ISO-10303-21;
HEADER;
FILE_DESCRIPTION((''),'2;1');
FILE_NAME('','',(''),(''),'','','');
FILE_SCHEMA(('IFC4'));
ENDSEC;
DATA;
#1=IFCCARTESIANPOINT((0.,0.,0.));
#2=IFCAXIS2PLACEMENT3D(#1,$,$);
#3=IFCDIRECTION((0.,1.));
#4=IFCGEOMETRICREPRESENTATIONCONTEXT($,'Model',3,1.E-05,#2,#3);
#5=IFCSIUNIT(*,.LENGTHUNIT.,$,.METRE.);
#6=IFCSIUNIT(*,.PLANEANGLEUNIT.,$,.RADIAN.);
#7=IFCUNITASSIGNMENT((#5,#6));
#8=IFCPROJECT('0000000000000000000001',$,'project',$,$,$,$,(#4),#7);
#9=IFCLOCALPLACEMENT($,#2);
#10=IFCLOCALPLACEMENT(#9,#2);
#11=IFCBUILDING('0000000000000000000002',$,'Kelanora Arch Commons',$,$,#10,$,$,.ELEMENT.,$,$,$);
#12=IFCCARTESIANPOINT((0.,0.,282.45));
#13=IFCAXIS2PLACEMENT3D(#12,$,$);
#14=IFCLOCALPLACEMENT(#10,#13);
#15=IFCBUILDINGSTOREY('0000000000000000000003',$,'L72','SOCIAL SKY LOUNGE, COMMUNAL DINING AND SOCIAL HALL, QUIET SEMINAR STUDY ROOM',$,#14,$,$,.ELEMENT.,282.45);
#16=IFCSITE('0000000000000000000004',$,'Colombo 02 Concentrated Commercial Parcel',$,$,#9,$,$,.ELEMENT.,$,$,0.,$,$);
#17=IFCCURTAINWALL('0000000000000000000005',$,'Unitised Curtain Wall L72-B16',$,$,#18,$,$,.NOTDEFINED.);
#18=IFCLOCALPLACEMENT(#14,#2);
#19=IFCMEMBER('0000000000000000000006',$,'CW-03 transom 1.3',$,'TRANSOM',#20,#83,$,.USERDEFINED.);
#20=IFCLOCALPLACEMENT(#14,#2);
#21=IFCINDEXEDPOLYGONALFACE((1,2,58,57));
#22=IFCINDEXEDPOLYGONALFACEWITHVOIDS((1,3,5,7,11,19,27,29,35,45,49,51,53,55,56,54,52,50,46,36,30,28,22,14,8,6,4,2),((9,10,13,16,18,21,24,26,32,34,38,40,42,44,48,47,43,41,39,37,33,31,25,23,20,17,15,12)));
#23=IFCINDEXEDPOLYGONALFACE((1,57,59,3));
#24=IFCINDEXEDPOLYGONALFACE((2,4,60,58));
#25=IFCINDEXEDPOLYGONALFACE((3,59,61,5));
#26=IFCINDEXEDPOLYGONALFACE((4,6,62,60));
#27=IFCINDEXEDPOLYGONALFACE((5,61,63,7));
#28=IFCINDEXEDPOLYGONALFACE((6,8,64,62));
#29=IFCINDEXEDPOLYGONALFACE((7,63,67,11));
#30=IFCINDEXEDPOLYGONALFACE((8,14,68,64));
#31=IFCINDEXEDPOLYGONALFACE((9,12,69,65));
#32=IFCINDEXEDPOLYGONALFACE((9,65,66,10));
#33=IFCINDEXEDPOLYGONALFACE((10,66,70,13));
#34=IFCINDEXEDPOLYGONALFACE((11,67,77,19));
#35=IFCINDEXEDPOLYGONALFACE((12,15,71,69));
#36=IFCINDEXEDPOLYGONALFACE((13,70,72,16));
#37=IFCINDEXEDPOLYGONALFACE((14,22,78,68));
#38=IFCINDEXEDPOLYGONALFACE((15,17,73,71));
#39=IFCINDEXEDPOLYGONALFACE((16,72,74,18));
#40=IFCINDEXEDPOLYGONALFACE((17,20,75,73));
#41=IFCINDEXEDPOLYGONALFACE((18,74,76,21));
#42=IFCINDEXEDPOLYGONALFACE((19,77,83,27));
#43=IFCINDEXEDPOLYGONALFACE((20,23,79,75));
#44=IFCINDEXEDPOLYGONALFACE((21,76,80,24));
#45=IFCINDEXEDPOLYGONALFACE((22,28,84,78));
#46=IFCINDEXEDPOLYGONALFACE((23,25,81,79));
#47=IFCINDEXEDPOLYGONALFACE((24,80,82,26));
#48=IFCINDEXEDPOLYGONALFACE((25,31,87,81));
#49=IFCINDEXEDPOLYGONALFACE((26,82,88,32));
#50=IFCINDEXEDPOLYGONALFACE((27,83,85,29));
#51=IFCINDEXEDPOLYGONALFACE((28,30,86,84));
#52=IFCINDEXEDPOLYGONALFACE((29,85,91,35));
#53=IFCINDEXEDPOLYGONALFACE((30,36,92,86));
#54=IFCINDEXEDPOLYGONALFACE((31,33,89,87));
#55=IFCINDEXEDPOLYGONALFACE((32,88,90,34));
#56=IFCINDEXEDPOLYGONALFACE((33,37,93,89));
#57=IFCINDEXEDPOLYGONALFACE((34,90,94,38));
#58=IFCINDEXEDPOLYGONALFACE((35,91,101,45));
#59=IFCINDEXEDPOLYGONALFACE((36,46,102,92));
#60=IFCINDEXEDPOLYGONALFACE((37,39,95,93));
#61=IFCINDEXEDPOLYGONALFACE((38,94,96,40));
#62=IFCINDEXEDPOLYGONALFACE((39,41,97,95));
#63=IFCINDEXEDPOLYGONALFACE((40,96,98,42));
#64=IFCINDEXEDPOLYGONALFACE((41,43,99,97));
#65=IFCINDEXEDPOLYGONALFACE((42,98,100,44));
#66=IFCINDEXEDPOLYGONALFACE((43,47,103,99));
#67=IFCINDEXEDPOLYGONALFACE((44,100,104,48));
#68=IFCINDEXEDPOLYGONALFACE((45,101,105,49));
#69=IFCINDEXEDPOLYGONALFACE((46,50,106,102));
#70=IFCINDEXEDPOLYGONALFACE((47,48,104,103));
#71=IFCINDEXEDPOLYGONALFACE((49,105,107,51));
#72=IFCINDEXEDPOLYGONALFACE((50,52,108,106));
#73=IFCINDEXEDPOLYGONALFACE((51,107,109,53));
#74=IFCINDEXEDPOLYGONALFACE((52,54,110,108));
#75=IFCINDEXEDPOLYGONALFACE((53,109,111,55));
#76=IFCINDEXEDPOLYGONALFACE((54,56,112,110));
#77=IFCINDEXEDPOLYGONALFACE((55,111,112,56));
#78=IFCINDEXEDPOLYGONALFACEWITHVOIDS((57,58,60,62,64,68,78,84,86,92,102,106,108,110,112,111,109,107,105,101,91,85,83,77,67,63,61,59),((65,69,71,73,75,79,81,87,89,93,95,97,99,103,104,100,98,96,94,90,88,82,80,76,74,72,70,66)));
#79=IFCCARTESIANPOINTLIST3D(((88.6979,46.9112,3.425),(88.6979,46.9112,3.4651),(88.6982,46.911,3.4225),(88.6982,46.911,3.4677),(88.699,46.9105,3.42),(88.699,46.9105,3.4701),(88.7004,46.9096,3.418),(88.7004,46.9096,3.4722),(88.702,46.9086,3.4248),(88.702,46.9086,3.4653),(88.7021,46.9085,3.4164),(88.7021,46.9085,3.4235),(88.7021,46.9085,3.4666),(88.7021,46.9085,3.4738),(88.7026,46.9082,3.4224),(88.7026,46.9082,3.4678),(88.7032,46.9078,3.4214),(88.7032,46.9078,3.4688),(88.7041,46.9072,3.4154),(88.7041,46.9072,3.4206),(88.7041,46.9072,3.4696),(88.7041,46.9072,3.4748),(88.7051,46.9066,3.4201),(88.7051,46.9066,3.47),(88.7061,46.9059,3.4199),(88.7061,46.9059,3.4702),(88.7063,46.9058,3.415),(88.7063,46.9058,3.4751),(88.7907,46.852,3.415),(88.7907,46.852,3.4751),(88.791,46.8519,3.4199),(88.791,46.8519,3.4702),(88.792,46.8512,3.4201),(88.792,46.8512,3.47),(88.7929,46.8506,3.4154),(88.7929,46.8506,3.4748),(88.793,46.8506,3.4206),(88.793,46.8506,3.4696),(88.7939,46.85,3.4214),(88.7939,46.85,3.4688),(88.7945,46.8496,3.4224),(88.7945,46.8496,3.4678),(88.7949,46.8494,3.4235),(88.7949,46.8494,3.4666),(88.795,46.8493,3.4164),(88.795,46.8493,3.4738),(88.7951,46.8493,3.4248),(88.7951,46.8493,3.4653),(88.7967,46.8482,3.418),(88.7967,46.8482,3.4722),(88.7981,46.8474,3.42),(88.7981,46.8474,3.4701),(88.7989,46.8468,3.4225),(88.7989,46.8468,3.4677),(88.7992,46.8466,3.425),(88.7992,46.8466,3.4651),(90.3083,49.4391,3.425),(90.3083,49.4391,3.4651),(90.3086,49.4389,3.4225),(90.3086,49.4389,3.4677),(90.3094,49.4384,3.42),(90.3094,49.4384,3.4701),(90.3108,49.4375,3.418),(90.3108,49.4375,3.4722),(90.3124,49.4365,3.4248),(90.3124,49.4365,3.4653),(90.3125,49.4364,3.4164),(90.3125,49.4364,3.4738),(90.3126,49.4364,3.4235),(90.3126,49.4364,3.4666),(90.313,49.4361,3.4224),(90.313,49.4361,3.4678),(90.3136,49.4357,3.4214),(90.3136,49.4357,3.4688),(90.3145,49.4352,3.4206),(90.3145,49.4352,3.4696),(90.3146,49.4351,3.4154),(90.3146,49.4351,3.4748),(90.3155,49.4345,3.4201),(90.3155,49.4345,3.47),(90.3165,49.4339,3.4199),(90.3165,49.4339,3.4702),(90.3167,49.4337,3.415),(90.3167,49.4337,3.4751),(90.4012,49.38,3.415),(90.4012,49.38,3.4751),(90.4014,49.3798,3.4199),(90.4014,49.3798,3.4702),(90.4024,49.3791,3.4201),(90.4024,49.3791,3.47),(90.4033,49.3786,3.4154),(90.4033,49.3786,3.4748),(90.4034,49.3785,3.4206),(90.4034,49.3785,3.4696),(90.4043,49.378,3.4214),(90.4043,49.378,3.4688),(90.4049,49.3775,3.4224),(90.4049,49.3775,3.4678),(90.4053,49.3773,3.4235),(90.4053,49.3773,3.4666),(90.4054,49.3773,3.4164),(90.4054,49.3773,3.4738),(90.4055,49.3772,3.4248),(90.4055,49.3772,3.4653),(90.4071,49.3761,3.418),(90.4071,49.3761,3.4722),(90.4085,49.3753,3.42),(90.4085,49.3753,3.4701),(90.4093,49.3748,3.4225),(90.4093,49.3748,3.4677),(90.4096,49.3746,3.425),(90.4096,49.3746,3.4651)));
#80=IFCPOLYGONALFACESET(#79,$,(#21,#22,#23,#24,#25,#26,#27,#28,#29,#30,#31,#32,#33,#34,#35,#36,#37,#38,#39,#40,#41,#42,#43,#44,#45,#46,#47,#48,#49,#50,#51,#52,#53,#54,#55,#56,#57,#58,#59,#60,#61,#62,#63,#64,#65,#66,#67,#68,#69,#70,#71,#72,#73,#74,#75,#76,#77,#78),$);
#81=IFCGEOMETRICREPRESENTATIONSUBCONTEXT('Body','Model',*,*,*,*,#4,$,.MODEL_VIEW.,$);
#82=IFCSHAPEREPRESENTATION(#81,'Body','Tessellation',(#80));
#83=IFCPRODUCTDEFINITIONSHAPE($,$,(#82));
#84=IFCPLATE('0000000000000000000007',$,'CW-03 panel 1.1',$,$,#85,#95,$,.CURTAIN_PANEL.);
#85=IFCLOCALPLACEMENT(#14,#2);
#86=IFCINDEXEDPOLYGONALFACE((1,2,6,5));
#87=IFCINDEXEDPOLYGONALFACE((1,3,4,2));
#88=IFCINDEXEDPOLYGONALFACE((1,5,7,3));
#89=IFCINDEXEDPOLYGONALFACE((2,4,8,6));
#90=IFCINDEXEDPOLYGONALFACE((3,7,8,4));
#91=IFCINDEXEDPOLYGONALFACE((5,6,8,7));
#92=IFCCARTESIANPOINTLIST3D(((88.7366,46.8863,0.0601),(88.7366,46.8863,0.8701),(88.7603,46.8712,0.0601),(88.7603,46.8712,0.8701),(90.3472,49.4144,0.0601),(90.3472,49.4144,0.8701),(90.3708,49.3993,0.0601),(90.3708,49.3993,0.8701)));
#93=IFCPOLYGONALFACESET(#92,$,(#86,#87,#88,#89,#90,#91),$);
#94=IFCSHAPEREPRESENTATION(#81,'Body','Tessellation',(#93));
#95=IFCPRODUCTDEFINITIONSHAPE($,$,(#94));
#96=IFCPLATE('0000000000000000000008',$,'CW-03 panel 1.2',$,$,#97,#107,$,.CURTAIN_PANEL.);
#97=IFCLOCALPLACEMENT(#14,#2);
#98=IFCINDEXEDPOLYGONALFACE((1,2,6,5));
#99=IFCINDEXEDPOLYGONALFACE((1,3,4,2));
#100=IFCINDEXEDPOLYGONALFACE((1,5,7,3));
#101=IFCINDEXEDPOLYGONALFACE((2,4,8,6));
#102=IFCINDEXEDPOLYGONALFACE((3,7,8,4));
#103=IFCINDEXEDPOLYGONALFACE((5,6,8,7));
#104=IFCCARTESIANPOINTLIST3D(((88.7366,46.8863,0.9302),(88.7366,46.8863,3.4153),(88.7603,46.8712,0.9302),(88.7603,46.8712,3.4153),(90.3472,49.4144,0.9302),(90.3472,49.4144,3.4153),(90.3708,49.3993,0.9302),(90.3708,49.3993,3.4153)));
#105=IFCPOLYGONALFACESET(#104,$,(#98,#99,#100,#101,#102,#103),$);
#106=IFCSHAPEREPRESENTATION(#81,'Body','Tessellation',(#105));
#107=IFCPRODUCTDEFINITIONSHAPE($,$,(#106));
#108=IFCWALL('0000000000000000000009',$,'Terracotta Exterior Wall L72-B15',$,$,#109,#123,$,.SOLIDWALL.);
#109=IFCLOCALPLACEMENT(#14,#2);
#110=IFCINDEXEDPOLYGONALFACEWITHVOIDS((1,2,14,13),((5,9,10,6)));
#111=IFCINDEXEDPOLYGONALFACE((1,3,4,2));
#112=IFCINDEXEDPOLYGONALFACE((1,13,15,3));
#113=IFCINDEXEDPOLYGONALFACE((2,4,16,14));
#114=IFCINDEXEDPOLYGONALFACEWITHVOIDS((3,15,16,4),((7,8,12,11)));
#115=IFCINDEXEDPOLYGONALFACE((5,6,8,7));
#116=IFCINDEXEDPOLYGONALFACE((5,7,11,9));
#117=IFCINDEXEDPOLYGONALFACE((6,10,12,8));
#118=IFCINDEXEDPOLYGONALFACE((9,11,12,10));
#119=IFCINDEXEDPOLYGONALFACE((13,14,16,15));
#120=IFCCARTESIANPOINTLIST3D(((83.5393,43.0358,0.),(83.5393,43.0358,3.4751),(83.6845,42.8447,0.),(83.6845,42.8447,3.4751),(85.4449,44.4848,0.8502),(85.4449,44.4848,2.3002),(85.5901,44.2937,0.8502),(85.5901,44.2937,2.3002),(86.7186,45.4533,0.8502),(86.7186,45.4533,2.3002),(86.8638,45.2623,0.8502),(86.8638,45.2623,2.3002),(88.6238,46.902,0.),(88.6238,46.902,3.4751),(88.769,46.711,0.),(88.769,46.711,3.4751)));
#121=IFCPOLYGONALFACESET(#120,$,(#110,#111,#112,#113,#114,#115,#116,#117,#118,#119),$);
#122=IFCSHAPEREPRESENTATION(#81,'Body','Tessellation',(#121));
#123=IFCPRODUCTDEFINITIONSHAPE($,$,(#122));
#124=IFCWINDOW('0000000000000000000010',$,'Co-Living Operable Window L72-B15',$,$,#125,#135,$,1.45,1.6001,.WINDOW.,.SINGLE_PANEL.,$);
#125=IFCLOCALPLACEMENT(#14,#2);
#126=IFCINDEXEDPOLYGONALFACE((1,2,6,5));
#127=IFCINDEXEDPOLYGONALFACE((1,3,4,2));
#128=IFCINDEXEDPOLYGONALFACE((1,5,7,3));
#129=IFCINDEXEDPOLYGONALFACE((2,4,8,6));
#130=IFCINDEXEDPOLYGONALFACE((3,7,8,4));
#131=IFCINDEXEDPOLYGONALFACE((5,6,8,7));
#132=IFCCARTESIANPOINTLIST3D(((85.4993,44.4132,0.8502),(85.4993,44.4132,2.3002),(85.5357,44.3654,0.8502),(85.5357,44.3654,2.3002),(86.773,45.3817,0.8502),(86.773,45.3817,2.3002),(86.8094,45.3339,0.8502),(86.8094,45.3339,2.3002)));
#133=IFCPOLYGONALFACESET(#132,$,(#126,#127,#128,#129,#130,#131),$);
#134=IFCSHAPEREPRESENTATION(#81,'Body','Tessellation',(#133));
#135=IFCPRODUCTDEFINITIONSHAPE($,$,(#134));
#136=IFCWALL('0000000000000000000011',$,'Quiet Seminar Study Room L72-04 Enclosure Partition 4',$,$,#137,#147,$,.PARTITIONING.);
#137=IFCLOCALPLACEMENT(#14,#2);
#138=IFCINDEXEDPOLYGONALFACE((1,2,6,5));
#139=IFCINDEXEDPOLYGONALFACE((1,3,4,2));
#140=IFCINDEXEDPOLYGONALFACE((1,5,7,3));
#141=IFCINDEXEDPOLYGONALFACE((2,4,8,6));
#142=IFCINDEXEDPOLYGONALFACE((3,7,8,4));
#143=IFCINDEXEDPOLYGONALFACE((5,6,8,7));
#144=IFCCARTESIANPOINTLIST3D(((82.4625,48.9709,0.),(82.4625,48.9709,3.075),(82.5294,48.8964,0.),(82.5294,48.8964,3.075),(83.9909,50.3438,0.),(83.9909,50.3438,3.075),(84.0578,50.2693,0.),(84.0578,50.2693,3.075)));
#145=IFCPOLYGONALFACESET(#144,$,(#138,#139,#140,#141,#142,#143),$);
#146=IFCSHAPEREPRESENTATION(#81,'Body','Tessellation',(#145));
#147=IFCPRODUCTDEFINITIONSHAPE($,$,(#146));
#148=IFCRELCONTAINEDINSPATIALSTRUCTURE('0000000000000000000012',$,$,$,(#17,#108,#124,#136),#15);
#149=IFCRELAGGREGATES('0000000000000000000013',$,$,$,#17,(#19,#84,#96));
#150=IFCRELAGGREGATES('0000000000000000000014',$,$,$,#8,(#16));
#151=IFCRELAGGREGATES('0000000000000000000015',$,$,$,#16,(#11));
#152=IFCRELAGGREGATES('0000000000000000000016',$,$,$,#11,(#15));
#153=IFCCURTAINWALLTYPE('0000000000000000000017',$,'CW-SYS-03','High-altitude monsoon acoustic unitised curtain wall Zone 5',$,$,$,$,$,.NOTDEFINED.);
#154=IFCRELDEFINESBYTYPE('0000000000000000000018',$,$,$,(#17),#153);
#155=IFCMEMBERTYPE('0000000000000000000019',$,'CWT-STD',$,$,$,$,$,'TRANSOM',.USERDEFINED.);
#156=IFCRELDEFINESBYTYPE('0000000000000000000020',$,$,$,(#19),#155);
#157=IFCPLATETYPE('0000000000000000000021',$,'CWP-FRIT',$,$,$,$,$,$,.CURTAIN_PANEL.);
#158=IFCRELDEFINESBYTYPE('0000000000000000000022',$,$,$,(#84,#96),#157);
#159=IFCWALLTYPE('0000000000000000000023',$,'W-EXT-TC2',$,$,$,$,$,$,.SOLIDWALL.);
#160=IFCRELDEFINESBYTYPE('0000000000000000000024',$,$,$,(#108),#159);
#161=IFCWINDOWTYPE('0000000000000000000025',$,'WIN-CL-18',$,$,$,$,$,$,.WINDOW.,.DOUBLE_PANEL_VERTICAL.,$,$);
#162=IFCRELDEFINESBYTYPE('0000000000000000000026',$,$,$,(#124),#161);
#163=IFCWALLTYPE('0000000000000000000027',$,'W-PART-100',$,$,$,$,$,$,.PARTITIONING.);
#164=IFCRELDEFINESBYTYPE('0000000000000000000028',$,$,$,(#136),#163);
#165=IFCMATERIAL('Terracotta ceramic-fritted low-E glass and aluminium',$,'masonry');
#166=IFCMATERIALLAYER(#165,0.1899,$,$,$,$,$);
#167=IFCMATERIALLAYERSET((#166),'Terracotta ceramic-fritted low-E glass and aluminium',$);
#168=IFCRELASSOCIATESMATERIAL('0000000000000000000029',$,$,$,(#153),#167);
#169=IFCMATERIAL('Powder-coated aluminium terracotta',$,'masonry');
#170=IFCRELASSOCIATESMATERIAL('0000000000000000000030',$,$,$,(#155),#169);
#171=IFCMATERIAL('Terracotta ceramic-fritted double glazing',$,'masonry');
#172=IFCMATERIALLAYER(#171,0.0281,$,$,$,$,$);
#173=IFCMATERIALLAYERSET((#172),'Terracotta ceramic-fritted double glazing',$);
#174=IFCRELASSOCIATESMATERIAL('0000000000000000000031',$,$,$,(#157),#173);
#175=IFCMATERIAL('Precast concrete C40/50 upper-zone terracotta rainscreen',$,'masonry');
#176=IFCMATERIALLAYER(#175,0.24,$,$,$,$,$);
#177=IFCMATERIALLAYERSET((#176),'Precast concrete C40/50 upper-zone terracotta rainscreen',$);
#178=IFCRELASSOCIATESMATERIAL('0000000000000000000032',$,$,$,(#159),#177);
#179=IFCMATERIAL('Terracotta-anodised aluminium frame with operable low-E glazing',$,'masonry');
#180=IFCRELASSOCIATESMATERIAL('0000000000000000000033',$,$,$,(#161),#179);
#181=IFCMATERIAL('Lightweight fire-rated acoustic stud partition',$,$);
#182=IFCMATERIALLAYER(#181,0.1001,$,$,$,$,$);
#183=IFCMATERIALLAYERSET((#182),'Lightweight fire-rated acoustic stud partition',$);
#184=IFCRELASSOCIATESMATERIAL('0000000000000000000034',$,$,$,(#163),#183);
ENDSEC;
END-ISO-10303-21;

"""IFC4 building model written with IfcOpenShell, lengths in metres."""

from ifc_helpers import new_model, si_unit, direction, frame, frame_2d, origin, origin_2d, place, context, subcontext, project, spatial, rectangle, hollow_rectangle, extrude, source, transform, mapped, material, layer, layer_set, material_profile, profile_set, type_object, element, fill, aggregate, save


model = new_model("IFC4")

# Units and contexts
model_context = context("Model", 3, precision=1e-05, world=origin(), true_north=direction((0.0, 1.0)))
body_context = subcontext(model_context, "Body", "Model", "MODEL_VIEW")
ifc_project = project(units=[si_unit("LENGTHUNIT", "METRE"), si_unit("PLANEANGLEUNIT", "RADIAN")], contexts=[model_context])

# Site, building, storey
site_placement = place(None, origin())
site = spatial("IfcSite", under=ifc_project, at=site_placement, Name="Colombo 02 Concentrated Commercial Parcel", CompositionType="ELEMENT", RefElevation=0.0)
building_placement = place(site_placement, origin())
building = spatial("IfcBuilding", under=site, at=building_placement, Name="Kelanora Arch Commons", CompositionType="ELEMENT")
storey_placement = place(building_placement, frame((0.0, 0.0, 282.45)))
storey = spatial("IfcBuildingStorey", under=building, at=storey_placement, Name="L72", Description="SOCIAL SKY LOUNGE, COMMUNAL DINING AND SOCIAL HALL, QUIET SEMINAR STUDY ROOM", CompositionType="ELEMENT", Elevation=282.45)

# Shared definitions
ifc_material_1 = material(Name="Terracotta ceramic-fritted low-E glass and aluminium", Category="masonry")
ifc_layer_1 = layer(ifc_material_1, 0.1899)
ifc_layer_set_1 = layer_set([ifc_layer_1], Name="Terracotta ceramic-fritted low-E glass and aluminium")
curtain_wall_type = type_object("IfcCurtainWallType", Name="CW-SYS-03", Description="High-altitude monsoon acoustic unitised curtain wall Zone 5", PredefinedType="NOTDEFINED", material=ifc_layer_set_1)
ifc_material_2 = material(Name="Powder-coated aluminium terracotta", Category="masonry")

# Curtain wall, member, plates
curtain_wall_1_placement = place(storey_placement, origin())
curtain_wall_1 = element("IfcCurtainWall", 1, at=curtain_wall_1_placement, inside=storey, type_object=curtain_wall_type, Name="Unitised Curtain Wall L72-B16", PredefinedType="NOTDEFINED")
ifc_material_profile_1 = material_profile(ifc_material_2, hollow_rectangle(XDim=0.1201, YDim=0.0601, WallThickness=0.0049, InnerFilletRadius=0.0049, OuterFilletRadius=0.01, at=origin_2d()), Name="CWT120x60")
ifc_profile_set_1 = profile_set([ifc_material_profile_1], Name="Powder-coated aluminium terracotta")
member_type_1 = type_object("IfcMemberType", Name="CWT-STD", ElementType="TRANSOM", PredefinedType="USERDEFINED", material=ifc_profile_set_1)
member_1_placement = place(storey_placement, frame((88.7485, 46.8789, 3.4451), z_axis=(0.537287, 0.8434, 0.0), x_axis=(-0.8434, 0.537287, 0.0)))
member_1 = element("IfcMember", 2, at=member_1_placement, type_object=member_type_1, Name="CW-03 transom 1.3", ObjectType="TRANSOM", PredefinedType="USERDEFINED", context=body_context, shape_type="SweptSolid", body=[
    extrude(hollow_rectangle(XDim=0.1201, YDim=0.0601, WallThickness=0.0049, InnerFilletRadius=0.0049, OuterFilletRadius=0.01, at=origin_2d()), origin(), (0.0, 0.0, 1.0), 2.9973),
])
ifc_material_3 = material(Name="Terracotta ceramic-fritted double glazing", Category="masonry")
ifc_layer_2 = layer(ifc_material_3, 0.0281)
ifc_layer_set_2 = layer_set([ifc_layer_2], Name="Terracotta ceramic-fritted double glazing")
plate_type = type_object("IfcPlateType", Name="CWP-FRIT", PredefinedType="CURTAIN_PANEL", material=ifc_layer_set_2)
shared_shape_1 = source(origin(), body_context, "Body", "SweptSolid", [
    extrude(rectangle(XDim=2.9976, YDim=0.0281, at=origin_2d()), origin(), (0.0, 0.0, 1.0), 0.8101),
])
plate_1_placement = place(storey_placement, frame((89.5537, 48.1428, 0.0601), z_axis=(0.0, 0.0, 1.0), x_axis=(0.5373, 0.843391, 0.0)))
plate_1 = element("IfcPlate", 3, at=plate_1_placement, type_object=plate_type, Name="CW-03 panel 1.1", PredefinedType="CURTAIN_PANEL", context=body_context, shape_type="MappedRepresentation", body=[
    mapped(shared_shape_1, transform((0.0, 0.0, 0.0), scale=1.0)),
])
shared_shape_2 = source(origin(), body_context, "Body", "SweptSolid", [
    extrude(rectangle(XDim=2.9976, YDim=0.0281, at=origin_2d()), origin(), (0.0, 0.0, 1.0), 2.4851),
])
plate_2_placement = place(storey_placement, frame((89.5537, 48.1428, 0.9302), z_axis=(0.0, 0.0, 1.0), x_axis=(0.5373, 0.843391, 0.0)))
plate_2 = element("IfcPlate", 4, at=plate_2_placement, type_object=plate_type, Name="CW-03 panel 1.2", PredefinedType="CURTAIN_PANEL", context=body_context, shape_type="MappedRepresentation", body=[
    mapped(shared_shape_2, transform((0.0, 0.0, 0.0), scale=1.0)),
])
aggregate(curtain_wall_1, [member_1, plate_1, plate_2])

# Wall, opening, window
ifc_material_4 = material(Name="Precast concrete C40/50 upper-zone terracotta rainscreen", Category="masonry")
ifc_layer_3 = layer(ifc_material_4, 0.24)
ifc_layer_set_3 = layer_set([ifc_layer_3], Name="Precast concrete C40/50 upper-zone terracotta rainscreen")
wall_type_1 = type_object("IfcWallType", Name="W-EXT-TC2", PredefinedType="SOLIDWALL", material=ifc_layer_set_3)
wall_1_placement = place(storey_placement, frame((83.6118, 42.9402, 0.0), z_axis=(0.0, 0.0, 1.0), x_axis=(0.79601, 0.605283, 0.0)))
wall_1 = element("IfcWall", 5, at=wall_1_placement, inside=storey, type_object=wall_type_1, Name="Terracotta Exterior Wall L72-B15", PredefinedType="SOLIDWALL", context=body_context, shape_type="SweptSolid", body=[
    extrude(rectangle(XDim=6.3875, YDim=0.24, at=frame_2d((3.1938, 0.0))), origin(), (0.0, 0.0, 1.0), 3.4751),
])
opening_placement = place(wall_1_placement, frame((2.394, 0.0, 0.8501)))
opening = element("IfcOpeningElement", 6, at=opening_placement, cuts=wall_1, PredefinedType="OPENING", context=body_context, shape_type="SweptSolid", body=[
    extrude(rectangle(XDim=1.6001, YDim=1.45, at=frame_2d((0.8, 0.7251))), frame((0.0, 0.1299, 0.0), z_axis=(0.0, -1.0, 0.0), x_axis=(1.0, 0.0, 0.0)), (0.0, 0.0, 1.0), 0.26),
])
ifc_material_5 = material(Name="Terracotta-anodised aluminium frame with operable low-E glazing", Category="masonry")
window_type = type_object("IfcWindowType", Name="WIN-CL-18", PartitioningType="DOUBLE_PANEL_VERTICAL", PredefinedType="WINDOW", material=ifc_material_5)
window_placement = place(opening_placement, origin())
window = element("IfcWindow", 7, at=window_placement, inside=storey, type_object=window_type, Name="Co-Living Operable Window L72-B15", OverallHeight=1.45, OverallWidth=1.6001, PartitioningType="SINGLE_PANEL", PredefinedType="WINDOW", context=body_context, shape_type="SweptSolid", body=[
    extrude(rectangle(XDim=1.6001, YDim=1.45, at=frame_2d((0.8, 0.7251))), frame((0.0, 0.03, 0.0), z_axis=(0.0, -1.0, 0.0), x_axis=(1.0, 0.0, 0.0)), (0.0, 0.0, 1.0), 0.0601),
])
fill(opening, window)

# Wall
ifc_material_6 = material(Name="Lightweight fire-rated acoustic stud partition")
ifc_layer_4 = layer(ifc_material_6, 0.1001)
ifc_layer_set_4 = layer_set([ifc_layer_4], Name="Lightweight fire-rated acoustic stud partition")
wall_type_2 = type_object("IfcWallType", Name="W-PART-100", PredefinedType="PARTITIONING", material=ifc_layer_set_4)
wall_2_placement = place(storey_placement, frame((82.4958, 48.9336, 0.0), z_axis=(0.0, 0.0, 1.0), x_axis=(0.743944, 0.668242, 0.0)))
element("IfcWall", 8, at=wall_2_placement, inside=storey, type_object=wall_type_2, Name="Quiet Seminar Study Room L72-04 Enclosure Partition 4", PredefinedType="PARTITIONING", context=body_context, shape_type="SweptSolid", body=[
    extrude(rectangle(XDim=2.0544, YDim=0.1001, at=frame_2d((1.0273, 0.0))), origin(), (0.0, 0.0, 1.0), 3.075),
])

save(model, "model.ifc")
